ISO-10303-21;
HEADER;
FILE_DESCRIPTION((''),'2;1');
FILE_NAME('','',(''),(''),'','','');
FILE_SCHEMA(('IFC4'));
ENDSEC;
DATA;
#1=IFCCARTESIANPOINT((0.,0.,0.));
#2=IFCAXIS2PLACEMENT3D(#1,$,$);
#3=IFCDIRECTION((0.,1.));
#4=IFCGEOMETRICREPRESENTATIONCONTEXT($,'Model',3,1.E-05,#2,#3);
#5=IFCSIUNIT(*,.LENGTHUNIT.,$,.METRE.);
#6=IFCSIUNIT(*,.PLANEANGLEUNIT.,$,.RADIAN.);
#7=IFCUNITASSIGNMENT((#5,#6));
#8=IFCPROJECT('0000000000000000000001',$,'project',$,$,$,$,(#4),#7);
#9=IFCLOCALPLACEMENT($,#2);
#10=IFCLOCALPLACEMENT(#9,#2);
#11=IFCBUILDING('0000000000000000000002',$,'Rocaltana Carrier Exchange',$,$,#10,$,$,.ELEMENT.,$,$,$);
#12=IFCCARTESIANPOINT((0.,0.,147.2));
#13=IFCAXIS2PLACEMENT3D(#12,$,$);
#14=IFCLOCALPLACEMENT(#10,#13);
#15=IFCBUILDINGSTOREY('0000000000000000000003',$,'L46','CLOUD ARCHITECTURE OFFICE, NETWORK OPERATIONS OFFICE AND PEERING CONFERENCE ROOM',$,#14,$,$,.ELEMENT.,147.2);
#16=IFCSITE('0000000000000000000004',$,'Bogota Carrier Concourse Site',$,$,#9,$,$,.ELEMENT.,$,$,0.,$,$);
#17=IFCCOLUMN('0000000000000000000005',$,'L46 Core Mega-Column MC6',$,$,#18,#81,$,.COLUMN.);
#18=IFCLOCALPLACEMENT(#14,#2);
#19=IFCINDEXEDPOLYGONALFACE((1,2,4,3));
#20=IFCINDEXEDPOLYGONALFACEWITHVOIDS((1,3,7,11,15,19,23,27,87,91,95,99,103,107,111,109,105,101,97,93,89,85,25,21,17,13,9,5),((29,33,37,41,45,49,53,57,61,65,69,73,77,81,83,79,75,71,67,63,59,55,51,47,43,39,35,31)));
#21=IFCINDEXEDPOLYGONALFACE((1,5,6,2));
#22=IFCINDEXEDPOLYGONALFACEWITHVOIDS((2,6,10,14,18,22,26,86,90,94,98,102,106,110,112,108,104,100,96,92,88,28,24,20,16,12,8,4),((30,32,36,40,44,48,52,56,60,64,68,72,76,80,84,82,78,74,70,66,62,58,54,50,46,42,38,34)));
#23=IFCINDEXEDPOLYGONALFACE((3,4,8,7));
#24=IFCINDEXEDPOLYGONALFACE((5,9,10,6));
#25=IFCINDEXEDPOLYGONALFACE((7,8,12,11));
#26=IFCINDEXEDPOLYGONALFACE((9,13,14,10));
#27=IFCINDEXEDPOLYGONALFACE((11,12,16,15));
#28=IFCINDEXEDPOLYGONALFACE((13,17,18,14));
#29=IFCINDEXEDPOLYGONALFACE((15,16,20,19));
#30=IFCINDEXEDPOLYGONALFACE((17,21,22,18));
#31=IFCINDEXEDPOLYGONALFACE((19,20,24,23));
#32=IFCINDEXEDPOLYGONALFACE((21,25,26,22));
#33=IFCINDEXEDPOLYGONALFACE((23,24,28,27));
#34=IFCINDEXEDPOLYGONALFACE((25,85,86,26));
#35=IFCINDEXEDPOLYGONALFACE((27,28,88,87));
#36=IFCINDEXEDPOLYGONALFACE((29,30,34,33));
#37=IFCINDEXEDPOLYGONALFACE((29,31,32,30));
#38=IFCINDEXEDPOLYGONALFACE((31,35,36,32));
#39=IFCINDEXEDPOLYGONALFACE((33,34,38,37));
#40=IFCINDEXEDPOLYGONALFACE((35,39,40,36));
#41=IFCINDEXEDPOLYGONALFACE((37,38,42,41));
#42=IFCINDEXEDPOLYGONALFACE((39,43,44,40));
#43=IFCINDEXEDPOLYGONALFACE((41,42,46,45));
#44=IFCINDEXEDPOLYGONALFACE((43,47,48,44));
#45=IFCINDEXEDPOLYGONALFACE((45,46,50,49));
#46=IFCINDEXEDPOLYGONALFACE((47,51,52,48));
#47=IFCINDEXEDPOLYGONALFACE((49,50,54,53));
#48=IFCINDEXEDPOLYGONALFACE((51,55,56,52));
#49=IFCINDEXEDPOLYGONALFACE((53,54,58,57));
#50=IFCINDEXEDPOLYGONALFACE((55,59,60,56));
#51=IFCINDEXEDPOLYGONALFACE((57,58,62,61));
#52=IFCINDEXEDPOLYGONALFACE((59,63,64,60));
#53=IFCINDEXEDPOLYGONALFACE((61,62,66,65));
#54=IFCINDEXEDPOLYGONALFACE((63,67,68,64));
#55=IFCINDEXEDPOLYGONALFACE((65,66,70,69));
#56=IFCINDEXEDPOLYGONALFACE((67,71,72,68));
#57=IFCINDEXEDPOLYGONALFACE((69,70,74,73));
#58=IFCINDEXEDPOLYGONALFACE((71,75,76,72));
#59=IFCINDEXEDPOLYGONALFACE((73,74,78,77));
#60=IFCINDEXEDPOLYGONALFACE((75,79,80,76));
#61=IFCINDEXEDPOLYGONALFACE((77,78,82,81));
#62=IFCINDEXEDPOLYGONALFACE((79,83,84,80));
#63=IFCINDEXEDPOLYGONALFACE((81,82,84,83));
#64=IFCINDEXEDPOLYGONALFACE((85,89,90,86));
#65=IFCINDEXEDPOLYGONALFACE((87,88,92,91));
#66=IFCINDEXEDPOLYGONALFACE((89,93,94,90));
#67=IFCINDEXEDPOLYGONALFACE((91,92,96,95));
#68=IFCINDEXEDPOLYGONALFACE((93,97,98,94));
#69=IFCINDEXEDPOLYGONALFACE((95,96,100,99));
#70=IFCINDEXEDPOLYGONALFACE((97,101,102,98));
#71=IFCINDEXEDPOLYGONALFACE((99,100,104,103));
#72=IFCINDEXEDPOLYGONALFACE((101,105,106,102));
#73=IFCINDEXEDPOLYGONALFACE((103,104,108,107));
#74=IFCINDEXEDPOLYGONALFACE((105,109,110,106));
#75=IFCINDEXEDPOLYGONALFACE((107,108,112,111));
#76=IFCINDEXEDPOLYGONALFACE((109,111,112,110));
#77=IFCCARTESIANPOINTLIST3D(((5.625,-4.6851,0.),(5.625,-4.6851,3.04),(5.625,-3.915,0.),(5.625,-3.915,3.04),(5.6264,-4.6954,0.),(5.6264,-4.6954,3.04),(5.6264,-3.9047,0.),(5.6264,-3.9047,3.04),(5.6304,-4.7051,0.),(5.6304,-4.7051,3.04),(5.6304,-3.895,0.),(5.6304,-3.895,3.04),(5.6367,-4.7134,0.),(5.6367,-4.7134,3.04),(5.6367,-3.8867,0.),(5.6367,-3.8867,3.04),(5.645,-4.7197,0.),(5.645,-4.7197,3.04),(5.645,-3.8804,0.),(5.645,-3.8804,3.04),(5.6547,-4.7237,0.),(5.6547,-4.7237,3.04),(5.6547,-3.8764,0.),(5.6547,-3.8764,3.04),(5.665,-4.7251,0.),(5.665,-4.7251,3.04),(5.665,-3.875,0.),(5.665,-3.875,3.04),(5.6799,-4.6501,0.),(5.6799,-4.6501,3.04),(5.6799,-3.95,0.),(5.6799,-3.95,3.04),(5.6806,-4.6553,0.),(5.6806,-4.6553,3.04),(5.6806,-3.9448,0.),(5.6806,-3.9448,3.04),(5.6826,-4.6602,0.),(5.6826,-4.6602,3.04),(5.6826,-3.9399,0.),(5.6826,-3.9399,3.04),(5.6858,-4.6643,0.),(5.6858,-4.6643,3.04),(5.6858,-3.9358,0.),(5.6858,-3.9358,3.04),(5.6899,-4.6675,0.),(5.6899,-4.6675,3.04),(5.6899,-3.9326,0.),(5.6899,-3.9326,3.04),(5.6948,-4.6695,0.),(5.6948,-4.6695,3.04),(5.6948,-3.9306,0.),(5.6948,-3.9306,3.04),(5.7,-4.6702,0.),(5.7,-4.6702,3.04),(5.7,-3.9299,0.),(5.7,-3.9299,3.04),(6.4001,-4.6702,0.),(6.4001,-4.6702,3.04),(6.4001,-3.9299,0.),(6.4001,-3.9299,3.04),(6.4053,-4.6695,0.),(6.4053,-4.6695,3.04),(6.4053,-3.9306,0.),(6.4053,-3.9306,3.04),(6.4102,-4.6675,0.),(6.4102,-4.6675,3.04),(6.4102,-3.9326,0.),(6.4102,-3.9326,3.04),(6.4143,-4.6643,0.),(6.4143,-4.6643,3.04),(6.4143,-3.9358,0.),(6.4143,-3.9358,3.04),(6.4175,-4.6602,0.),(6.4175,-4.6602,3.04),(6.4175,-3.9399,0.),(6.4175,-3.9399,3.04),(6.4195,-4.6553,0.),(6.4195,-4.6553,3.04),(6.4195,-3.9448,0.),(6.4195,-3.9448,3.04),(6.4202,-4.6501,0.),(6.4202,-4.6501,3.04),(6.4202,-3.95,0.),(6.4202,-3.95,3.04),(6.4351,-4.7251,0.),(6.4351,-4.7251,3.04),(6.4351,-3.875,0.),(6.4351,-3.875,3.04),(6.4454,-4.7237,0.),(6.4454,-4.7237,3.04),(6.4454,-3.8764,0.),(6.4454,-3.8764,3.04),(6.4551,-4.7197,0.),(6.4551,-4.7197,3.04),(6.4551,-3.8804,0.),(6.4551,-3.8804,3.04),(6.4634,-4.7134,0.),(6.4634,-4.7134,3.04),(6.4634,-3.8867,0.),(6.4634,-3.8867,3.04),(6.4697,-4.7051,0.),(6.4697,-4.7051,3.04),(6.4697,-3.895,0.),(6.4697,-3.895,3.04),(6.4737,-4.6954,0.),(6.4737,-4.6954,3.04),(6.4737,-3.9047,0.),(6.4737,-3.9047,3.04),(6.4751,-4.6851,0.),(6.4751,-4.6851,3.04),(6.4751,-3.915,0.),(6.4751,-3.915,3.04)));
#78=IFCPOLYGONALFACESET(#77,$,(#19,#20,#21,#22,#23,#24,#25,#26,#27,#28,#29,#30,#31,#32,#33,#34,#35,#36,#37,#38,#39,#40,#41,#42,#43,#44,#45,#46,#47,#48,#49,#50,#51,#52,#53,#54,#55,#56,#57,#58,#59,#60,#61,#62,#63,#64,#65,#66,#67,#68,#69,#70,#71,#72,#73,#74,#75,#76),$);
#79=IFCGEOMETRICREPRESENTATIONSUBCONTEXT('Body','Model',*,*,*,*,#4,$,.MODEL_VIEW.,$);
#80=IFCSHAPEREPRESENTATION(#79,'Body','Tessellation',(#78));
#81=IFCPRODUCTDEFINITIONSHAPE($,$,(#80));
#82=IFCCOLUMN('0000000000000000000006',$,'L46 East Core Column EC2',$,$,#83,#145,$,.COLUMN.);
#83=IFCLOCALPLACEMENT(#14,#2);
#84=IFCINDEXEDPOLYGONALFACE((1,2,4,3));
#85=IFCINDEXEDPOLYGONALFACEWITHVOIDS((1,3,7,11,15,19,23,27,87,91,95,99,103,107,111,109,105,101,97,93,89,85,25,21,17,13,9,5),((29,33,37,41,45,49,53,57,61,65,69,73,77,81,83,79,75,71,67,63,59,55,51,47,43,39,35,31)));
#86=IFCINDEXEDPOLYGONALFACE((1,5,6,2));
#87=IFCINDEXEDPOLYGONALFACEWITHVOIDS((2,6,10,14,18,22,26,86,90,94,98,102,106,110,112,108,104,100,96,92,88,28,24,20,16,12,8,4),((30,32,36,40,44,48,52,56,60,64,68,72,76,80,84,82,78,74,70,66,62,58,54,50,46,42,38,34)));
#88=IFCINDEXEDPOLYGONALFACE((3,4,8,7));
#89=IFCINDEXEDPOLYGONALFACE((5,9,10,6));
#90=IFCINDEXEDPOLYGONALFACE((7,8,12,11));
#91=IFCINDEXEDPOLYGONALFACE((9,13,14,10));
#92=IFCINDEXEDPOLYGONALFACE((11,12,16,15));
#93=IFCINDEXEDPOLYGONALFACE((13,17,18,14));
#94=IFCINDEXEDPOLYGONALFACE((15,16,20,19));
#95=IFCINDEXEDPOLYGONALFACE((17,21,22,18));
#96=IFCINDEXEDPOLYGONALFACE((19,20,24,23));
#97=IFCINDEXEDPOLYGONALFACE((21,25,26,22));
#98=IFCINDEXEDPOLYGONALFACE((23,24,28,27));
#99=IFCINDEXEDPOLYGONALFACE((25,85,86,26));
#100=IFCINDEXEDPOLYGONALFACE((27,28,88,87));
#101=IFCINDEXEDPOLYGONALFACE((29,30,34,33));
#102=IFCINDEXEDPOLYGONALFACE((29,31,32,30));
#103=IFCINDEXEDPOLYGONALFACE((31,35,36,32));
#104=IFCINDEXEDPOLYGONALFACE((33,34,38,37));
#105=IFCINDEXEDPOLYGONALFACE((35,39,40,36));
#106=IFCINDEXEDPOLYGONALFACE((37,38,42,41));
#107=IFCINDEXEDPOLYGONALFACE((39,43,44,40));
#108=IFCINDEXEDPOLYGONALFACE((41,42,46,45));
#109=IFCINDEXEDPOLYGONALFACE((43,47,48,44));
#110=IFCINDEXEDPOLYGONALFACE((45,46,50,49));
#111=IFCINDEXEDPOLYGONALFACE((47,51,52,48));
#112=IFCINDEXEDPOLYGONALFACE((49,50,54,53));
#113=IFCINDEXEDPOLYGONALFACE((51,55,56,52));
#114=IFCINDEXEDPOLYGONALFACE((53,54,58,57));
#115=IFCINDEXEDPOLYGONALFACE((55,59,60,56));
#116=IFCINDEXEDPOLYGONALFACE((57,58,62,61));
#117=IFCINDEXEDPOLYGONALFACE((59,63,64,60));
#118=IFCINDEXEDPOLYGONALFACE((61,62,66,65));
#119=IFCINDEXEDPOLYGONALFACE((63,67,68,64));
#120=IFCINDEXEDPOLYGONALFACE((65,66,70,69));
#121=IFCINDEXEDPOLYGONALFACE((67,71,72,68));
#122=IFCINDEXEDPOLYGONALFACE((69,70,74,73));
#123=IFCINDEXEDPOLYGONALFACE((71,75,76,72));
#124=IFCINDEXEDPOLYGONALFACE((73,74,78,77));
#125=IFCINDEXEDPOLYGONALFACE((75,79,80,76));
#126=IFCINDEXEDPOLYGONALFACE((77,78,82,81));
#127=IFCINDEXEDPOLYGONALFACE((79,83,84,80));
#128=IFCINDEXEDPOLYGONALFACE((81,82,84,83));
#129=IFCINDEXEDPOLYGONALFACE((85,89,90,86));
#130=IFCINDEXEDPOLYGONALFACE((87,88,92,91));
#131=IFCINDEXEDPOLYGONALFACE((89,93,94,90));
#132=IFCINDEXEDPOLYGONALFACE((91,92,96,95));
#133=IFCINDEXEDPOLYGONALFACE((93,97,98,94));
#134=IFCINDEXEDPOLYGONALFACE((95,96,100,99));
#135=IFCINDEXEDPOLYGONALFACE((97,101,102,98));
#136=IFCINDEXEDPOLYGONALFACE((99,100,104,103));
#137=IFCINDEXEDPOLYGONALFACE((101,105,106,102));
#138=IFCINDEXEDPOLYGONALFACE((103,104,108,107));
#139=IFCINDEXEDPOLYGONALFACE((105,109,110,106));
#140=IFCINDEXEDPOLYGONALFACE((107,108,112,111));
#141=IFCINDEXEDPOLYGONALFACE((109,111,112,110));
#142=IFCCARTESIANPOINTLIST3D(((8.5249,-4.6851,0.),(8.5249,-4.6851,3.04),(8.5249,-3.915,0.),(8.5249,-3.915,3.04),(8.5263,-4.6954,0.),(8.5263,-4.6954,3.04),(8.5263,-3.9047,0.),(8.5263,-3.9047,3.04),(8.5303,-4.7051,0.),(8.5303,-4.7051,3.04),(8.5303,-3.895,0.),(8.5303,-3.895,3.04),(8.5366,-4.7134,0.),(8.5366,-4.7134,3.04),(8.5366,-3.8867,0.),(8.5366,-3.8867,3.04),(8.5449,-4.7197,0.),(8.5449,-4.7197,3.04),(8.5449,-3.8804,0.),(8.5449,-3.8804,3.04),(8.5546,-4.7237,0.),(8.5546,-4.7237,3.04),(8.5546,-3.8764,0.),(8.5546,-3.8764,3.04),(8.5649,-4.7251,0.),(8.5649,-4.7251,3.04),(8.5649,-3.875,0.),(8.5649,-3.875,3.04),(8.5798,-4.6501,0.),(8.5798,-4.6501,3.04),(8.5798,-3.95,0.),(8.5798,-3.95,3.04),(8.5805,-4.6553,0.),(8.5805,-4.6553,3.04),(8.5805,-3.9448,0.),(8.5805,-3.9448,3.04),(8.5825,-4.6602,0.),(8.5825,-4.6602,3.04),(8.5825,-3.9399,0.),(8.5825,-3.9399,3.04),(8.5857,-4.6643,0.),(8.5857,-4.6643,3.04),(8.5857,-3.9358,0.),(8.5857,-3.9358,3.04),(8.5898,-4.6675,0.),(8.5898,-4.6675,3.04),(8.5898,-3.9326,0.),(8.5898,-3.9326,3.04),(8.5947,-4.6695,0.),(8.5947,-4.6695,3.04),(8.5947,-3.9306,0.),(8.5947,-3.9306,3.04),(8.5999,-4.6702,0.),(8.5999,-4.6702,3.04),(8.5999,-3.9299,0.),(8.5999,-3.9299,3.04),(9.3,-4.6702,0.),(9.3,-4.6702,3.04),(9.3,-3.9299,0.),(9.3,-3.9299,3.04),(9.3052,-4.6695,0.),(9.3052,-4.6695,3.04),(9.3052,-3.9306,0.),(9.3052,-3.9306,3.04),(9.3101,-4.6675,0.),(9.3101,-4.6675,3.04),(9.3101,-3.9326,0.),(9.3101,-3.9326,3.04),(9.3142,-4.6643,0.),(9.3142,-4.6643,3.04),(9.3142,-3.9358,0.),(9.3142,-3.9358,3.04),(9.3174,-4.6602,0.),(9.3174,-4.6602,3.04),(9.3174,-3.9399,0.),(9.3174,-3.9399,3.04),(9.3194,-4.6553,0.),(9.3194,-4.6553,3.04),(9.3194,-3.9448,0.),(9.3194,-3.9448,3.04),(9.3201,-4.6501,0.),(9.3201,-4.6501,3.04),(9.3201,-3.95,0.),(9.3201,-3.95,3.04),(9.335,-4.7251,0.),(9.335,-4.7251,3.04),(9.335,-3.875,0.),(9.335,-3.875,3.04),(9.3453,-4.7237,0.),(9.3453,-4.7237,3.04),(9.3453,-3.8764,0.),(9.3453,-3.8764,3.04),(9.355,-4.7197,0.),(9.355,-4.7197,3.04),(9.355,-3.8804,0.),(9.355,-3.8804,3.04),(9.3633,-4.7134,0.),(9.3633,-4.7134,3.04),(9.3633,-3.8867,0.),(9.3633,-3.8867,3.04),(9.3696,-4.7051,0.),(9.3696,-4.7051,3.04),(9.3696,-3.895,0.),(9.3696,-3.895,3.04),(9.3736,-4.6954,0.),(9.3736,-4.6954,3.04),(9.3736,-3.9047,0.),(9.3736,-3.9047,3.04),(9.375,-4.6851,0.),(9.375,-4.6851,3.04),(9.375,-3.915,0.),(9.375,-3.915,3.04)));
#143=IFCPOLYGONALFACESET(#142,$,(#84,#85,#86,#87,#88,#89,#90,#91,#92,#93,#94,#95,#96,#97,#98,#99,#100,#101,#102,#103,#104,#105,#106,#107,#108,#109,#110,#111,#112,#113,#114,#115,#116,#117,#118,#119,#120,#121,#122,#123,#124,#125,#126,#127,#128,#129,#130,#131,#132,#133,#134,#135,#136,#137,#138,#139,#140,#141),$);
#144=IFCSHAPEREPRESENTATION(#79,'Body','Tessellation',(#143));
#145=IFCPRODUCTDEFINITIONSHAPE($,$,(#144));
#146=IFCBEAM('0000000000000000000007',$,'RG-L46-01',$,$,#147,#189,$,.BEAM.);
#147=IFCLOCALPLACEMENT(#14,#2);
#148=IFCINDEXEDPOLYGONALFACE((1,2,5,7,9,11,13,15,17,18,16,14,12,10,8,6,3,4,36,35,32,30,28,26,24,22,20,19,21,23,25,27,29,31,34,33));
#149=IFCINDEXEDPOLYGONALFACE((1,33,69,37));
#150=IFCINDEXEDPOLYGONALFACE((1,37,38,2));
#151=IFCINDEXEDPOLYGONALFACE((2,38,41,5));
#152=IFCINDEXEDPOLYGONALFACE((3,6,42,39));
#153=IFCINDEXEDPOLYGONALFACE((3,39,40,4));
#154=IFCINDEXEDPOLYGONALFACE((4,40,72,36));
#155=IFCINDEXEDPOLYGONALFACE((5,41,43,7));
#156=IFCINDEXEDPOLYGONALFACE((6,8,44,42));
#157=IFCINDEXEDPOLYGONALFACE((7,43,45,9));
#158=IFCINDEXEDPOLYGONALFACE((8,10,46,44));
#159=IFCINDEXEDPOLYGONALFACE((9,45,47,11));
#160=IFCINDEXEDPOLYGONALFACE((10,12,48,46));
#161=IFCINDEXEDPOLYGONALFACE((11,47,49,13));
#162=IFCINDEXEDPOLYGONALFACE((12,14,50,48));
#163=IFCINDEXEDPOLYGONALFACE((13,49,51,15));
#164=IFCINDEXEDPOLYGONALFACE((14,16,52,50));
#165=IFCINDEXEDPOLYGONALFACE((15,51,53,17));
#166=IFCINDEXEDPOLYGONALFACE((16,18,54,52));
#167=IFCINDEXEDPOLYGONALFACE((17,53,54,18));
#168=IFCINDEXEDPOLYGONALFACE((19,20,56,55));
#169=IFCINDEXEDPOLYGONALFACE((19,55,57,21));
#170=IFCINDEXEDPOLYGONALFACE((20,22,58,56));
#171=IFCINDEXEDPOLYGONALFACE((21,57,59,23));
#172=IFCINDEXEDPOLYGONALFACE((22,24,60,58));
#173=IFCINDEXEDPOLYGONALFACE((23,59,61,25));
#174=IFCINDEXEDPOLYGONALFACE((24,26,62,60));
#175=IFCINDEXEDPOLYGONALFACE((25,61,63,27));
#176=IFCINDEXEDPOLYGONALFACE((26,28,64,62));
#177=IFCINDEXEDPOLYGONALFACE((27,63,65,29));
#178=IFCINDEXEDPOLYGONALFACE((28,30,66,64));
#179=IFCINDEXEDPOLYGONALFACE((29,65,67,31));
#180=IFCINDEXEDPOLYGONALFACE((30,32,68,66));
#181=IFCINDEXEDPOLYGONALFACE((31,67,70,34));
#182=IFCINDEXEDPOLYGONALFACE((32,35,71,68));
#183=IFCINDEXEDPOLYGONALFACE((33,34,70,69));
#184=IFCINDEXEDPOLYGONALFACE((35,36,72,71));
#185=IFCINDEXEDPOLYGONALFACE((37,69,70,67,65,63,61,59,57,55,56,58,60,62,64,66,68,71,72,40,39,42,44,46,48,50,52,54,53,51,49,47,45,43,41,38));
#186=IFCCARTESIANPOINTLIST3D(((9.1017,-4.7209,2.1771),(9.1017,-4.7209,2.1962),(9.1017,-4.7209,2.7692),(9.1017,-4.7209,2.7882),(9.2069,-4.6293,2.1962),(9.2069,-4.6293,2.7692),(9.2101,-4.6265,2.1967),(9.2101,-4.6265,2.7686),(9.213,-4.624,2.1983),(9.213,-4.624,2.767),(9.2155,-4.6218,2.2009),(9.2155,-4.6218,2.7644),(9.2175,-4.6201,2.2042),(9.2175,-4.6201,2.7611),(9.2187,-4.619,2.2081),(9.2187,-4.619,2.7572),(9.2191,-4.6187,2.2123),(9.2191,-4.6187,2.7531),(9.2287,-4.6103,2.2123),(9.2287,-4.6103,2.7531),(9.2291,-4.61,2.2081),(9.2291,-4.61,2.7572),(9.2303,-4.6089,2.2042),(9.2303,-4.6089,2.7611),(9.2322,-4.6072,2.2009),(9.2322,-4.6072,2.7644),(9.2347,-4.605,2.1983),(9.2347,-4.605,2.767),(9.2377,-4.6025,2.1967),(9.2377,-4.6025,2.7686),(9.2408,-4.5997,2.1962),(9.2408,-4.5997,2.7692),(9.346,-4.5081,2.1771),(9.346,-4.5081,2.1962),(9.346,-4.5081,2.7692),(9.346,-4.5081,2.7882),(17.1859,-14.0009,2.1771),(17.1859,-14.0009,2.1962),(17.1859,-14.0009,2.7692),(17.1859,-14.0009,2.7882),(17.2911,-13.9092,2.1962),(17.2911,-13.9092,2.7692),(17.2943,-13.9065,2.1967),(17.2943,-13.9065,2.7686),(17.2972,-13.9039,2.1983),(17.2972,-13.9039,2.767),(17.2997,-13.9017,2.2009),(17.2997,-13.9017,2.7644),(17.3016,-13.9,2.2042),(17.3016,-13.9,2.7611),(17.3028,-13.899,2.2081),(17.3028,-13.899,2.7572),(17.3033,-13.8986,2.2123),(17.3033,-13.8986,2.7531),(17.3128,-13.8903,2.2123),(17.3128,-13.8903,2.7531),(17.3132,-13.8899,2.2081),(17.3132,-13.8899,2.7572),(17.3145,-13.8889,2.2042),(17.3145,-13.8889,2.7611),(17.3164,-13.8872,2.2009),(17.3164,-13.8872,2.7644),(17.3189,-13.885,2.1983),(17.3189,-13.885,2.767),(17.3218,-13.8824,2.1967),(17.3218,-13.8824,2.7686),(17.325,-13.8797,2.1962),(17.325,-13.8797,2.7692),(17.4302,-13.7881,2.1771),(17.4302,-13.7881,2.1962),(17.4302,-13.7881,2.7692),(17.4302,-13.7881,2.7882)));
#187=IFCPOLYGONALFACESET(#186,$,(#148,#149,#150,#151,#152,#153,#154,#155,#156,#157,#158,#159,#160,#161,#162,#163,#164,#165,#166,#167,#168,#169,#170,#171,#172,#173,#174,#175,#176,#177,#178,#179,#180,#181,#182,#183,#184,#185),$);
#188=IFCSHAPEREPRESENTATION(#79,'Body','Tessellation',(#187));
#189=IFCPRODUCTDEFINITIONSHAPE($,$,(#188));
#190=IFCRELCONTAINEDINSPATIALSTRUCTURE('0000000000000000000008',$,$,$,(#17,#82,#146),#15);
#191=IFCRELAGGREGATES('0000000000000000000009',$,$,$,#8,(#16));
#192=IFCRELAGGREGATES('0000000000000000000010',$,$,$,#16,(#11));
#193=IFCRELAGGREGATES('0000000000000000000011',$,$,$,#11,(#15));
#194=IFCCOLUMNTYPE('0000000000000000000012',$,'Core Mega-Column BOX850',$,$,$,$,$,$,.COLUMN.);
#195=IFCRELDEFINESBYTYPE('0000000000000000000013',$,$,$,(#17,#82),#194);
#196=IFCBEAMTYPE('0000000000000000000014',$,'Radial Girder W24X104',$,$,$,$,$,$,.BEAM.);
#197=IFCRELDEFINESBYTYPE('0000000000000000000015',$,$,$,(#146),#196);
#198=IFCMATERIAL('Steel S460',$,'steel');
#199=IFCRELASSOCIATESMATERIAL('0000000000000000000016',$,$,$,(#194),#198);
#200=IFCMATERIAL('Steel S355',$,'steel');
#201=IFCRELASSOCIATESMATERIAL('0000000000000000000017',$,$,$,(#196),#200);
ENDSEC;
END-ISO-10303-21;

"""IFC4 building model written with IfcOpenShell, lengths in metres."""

from ifc_helpers import new_model, si_unit, direction, frame, origin, origin_2d, place, context, subcontext, project, spatial, hollow_rectangle, i_section, extrude, material, material_profile, profile_set, type_object, element, save


model = new_model("IFC4")

# Units and contexts
model_context = context("Model", 3, precision=1e-05, world=origin(), true_north=direction((0.0, 1.0)))
body_context = subcontext(model_context, "Body", "Model", "MODEL_VIEW")
ifc_project = project(units=[si_unit("LENGTHUNIT", "METRE"), si_unit("PLANEANGLEUNIT", "RADIAN")], contexts=[model_context])

# Site, building, storey
site_placement = place(None, origin())
site = spatial("IfcSite", under=ifc_project, at=site_placement, Name="Bogota Carrier Concourse Site", CompositionType="ELEMENT", RefElevation=0.0)
building_placement = place(site_placement, origin())
building = spatial("IfcBuilding", under=site, at=building_placement, Name="Rocaltana Carrier Exchange", CompositionType="ELEMENT")
storey_placement = place(building_placement, frame((0.0, 0.0, 147.2)))
storey = spatial("IfcBuildingStorey", under=building, at=storey_placement, Name="L46", Description="CLOUD ARCHITECTURE OFFICE, NETWORK OPERATIONS OFFICE AND PEERING CONFERENCE ROOM", CompositionType="ELEMENT", Elevation=147.2)

# Columns
ifc_material_1 = material(Name="Steel S460", Category="steel")
ifc_material_profile_1 = material_profile(ifc_material_1, hollow_rectangle(XDim=0.8501, YDim=0.8501, WallThickness=0.0549, InnerFilletRadius=0.02, OuterFilletRadius=0.04, at=origin_2d()), Name="BOX850X850X55")
ifc_profile_set_1 = profile_set([ifc_material_profile_1], Name="Steel S460")
column_type = type_object("IfcColumnType", Name="Core Mega-Column BOX850", PredefinedType="COLUMN", material=ifc_profile_set_1)
for number, where, z_axis, x_axis, name in (
    (1, (6.05, -4.3, 0.0), (0.0, 0.0, 1.0), (1.0, 0.0, 0.0), "L46 Core Mega-Column MC6"),
    (2, (8.95, -4.3, 0.0), (0.0, 0.0, 1.0), (1.0, 0.0, 0.0), "L46 East Core Column EC2"),
):
    element("IfcColumn", number, at=place(storey_placement, frame(where, z_axis=z_axis, x_axis=x_axis)), inside=storey, type_object=column_type, Name=name, PredefinedType="COLUMN", context=body_context, shape_type="SweptSolid", body=[
        extrude(hollow_rectangle(XDim=0.8501, YDim=0.8501, WallThickness=0.0549, InnerFilletRadius=0.02, OuterFilletRadius=0.04, at=origin_2d()), origin(), (0.0, 0.0, 1.0), 3.04),
    ])

# Beam
ifc_material_2 = material(Name="Steel S355", Category="steel")
ifc_material_profile_2 = material_profile(ifc_material_2, i_section(OverallWidth=0.324, OverallDepth=0.6111, WebThickness=0.0127, FlangeThickness=0.019, FilletRadius=0.0161, at=origin_2d()), Name="W24X104")
ifc_profile_set_2 = profile_set([ifc_material_profile_2], Name="Steel S355")
beam_type = type_object("IfcBeamType", Name="Radial Girder W24X104", PredefinedType="BEAM", material=ifc_profile_set_2)
beam_1_placement = place(storey_placement, frame((9.2239, -4.6145, 2.4827), z_axis=(0.656856, -0.754016, 0.0), x_axis=(0.754016, 0.656856, 0.0)))
element("IfcBeam", 3, at=beam_1_placement, inside=storey, type_object=beam_type, Name="RG-L46-01", PredefinedType="BEAM", context=body_context, shape_type="SweptSolid", body=[
    extrude(i_section(OverallWidth=0.324, OverallDepth=0.6111, WebThickness=0.0127, FlangeThickness=0.019, FilletRadius=0.0161, at=origin_2d()), origin(), (0.0, 0.0, 1.0), 12.3074),
])

save(model, "model.ifc")
